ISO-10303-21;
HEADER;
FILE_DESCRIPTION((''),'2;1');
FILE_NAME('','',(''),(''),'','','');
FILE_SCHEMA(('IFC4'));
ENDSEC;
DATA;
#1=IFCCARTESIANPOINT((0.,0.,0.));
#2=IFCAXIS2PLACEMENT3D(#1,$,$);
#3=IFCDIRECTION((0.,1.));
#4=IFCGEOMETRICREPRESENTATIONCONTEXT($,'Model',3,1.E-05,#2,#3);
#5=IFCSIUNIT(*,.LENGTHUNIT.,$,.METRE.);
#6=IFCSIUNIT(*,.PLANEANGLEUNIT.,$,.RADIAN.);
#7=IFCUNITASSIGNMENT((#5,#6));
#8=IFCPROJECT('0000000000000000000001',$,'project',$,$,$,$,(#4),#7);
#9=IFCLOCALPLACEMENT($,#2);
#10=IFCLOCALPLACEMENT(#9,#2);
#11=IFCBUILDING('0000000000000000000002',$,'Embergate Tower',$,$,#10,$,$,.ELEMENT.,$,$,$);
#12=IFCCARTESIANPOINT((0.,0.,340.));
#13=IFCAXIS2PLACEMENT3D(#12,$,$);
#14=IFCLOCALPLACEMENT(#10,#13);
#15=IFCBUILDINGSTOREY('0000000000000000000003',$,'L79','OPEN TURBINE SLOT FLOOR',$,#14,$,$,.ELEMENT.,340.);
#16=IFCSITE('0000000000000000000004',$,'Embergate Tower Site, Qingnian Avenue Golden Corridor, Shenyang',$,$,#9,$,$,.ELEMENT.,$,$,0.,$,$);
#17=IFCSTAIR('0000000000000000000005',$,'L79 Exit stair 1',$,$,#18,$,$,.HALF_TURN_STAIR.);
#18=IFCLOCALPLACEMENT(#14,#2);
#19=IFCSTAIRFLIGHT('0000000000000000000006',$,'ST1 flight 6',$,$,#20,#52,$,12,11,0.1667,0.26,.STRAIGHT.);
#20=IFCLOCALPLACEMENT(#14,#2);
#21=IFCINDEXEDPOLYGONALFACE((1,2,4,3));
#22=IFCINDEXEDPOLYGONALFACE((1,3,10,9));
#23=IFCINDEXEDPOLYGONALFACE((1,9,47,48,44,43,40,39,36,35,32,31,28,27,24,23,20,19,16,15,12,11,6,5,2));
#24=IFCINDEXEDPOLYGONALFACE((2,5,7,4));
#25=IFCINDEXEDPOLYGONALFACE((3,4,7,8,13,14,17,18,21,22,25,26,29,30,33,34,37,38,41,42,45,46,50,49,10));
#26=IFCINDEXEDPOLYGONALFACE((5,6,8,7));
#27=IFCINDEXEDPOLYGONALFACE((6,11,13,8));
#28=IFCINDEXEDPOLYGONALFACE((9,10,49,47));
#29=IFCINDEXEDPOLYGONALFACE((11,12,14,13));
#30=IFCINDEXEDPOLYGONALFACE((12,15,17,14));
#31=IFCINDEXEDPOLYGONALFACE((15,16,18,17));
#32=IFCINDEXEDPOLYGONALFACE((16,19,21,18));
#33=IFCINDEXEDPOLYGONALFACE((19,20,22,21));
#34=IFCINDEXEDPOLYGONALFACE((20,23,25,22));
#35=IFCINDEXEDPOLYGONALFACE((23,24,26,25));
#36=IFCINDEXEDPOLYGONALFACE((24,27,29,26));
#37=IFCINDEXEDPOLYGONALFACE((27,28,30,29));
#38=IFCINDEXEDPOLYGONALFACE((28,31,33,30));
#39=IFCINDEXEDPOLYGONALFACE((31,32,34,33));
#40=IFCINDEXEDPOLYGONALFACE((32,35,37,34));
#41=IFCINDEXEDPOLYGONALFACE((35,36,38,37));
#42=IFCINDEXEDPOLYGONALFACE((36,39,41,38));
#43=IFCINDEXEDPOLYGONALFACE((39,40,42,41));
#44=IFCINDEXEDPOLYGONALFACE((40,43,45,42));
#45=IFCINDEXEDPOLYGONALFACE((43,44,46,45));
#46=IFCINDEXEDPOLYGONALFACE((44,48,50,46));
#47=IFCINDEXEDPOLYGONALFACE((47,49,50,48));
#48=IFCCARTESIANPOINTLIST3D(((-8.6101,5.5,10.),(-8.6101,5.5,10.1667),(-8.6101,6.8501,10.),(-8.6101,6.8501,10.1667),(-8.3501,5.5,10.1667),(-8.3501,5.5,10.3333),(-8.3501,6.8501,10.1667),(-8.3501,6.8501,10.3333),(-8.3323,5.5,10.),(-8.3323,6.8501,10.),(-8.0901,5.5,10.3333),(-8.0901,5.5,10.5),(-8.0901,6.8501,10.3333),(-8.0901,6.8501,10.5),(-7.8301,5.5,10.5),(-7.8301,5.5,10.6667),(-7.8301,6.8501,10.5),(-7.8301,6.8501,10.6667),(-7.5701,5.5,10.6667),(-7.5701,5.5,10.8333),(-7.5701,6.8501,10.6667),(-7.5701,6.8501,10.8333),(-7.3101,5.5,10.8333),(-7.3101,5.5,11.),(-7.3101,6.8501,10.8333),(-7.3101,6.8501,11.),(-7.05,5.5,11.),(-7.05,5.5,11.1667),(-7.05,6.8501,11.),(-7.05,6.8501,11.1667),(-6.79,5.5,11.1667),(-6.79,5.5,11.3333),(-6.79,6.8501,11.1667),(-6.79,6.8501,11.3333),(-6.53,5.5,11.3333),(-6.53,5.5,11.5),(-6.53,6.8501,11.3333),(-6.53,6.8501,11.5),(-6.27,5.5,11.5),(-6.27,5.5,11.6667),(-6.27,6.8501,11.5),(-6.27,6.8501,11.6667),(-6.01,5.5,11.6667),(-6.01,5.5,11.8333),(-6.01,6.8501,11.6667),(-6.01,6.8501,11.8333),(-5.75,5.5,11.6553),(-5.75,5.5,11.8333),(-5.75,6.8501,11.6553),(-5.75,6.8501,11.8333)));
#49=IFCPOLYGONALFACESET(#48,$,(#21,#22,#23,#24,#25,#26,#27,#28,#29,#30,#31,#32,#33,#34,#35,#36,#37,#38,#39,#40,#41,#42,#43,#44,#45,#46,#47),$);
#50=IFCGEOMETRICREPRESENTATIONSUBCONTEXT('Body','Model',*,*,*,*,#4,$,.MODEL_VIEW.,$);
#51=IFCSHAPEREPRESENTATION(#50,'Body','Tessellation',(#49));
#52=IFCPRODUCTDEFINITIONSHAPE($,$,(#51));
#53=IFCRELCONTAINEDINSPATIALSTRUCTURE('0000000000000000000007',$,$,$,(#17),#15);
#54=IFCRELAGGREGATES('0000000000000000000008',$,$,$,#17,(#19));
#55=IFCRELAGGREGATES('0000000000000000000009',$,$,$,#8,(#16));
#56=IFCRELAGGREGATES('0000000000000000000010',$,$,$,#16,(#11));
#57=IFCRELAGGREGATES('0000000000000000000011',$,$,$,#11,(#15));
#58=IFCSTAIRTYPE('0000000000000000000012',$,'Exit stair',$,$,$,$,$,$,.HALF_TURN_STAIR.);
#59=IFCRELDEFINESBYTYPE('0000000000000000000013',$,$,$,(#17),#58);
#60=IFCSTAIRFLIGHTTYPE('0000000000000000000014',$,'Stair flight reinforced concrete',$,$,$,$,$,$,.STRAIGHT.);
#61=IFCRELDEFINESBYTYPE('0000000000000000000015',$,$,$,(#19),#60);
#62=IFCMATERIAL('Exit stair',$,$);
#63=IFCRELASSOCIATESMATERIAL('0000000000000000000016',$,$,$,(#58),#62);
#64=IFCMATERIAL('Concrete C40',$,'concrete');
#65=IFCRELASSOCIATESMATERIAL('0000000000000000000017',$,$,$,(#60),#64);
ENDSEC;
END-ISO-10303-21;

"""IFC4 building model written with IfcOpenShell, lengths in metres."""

from ifc_helpers import new_model, si_unit, direction, frame, origin, place, context, subcontext, project, spatial, polyline, outline, extrude, source, transform, mapped, material, type_object, element, aggregate, save


model = new_model("IFC4")

# Units and contexts
model_context = context("Model", 3, precision=1e-05, world=origin(), true_north=direction((0.0, 1.0)))
body_context = subcontext(model_context, "Body", "Model", "MODEL_VIEW")
ifc_project = project(units=[si_unit("LENGTHUNIT", "METRE"), si_unit("PLANEANGLEUNIT", "RADIAN")], contexts=[model_context])

# Site, building, storey
site_placement = place(None, origin())
site = spatial("IfcSite", under=ifc_project, at=site_placement, Name="Embergate Tower Site, Qingnian Avenue Golden Corridor, Shenyang", CompositionType="ELEMENT", RefElevation=0.0)
building_placement = place(site_placement, origin())
building = spatial("IfcBuilding", under=site, at=building_placement, Name="Embergate Tower", CompositionType="ELEMENT")
storey_placement = place(building_placement, frame((0.0, 0.0, 340.0)))
storey = spatial("IfcBuildingStorey", under=building, at=storey_placement, Name="L79", Description="OPEN TURBINE SLOT FLOOR", CompositionType="ELEMENT", Elevation=340.0)

# Stair
ifc_material_1 = material(Name="Exit stair")
stair_type = type_object("IfcStairType", Name="Exit stair", PredefinedType="HALF_TURN_STAIR", material=ifc_material_1)
stair_placement = place(storey_placement, origin())
stair = element("IfcStair", 1, at=stair_placement, inside=storey, type_object=stair_type, Name="L79 Exit stair 1", PredefinedType="HALF_TURN_STAIR")
ifc_material_2 = material(Name="Concrete C40", Category="concrete")

# Stair flight
stair_flight_type = type_object("IfcStairFlightType", Name="Stair flight reinforced concrete", PredefinedType="STRAIGHT", material=ifc_material_2)
shared_shape_1 = source(origin(), body_context, "Body", "SweptSolid", [
    extrude(outline(polyline([(0.0, 0.0), (0.0, 0.1667), (0.26, 0.1667), (0.26, 0.3333), (0.52, 0.3333), (0.52, 0.5), (0.78, 0.5), (0.78, 0.6667), (1.04, 0.6667), (1.04, 0.8333), (1.3, 0.8333), (1.3, 1.0), (1.5601, 1.0), (1.5601, 1.1667), (1.8201, 1.1667), (1.8201, 1.3333), (2.0801, 1.3333), (2.0801, 1.5), (2.3401, 1.5), (2.3401, 1.6667), (2.6001, 1.6667), (2.6001, 1.8333), (2.8601, 1.8333), (2.8601, 2.0), (2.8601, 1.6553), (0.2778, 0.0), (0.0, 0.0)])), frame((0.0, 0.675, 0.0), z_axis=(0.0, -1.0, 0.0), x_axis=(1.0, 0.0, 0.0)), (0.0, 0.0, 1.0), 1.3501),
])
stair_flight_1_placement = place(storey_placement, frame((-8.6101, 6.175, 10.0), z_axis=(0.0, 0.0, 1.0), x_axis=(1.0, 0.0, 0.0)))
stair_flight_1 = element("IfcStairFlight", 2, at=stair_flight_1_placement, type_object=stair_flight_type, Name="ST1 flight 6", NumberOfRisers=12, NumberOfTreads=11, PredefinedType="STRAIGHT", RiserHeight=0.1667, TreadLength=0.26, context=body_context, shape_type="MappedRepresentation", body=[
    mapped(shared_shape_1, transform((0.0, 0.0, 0.0))),
])
aggregate(stair, [stair_flight_1])

save(model, "model.ifc")
